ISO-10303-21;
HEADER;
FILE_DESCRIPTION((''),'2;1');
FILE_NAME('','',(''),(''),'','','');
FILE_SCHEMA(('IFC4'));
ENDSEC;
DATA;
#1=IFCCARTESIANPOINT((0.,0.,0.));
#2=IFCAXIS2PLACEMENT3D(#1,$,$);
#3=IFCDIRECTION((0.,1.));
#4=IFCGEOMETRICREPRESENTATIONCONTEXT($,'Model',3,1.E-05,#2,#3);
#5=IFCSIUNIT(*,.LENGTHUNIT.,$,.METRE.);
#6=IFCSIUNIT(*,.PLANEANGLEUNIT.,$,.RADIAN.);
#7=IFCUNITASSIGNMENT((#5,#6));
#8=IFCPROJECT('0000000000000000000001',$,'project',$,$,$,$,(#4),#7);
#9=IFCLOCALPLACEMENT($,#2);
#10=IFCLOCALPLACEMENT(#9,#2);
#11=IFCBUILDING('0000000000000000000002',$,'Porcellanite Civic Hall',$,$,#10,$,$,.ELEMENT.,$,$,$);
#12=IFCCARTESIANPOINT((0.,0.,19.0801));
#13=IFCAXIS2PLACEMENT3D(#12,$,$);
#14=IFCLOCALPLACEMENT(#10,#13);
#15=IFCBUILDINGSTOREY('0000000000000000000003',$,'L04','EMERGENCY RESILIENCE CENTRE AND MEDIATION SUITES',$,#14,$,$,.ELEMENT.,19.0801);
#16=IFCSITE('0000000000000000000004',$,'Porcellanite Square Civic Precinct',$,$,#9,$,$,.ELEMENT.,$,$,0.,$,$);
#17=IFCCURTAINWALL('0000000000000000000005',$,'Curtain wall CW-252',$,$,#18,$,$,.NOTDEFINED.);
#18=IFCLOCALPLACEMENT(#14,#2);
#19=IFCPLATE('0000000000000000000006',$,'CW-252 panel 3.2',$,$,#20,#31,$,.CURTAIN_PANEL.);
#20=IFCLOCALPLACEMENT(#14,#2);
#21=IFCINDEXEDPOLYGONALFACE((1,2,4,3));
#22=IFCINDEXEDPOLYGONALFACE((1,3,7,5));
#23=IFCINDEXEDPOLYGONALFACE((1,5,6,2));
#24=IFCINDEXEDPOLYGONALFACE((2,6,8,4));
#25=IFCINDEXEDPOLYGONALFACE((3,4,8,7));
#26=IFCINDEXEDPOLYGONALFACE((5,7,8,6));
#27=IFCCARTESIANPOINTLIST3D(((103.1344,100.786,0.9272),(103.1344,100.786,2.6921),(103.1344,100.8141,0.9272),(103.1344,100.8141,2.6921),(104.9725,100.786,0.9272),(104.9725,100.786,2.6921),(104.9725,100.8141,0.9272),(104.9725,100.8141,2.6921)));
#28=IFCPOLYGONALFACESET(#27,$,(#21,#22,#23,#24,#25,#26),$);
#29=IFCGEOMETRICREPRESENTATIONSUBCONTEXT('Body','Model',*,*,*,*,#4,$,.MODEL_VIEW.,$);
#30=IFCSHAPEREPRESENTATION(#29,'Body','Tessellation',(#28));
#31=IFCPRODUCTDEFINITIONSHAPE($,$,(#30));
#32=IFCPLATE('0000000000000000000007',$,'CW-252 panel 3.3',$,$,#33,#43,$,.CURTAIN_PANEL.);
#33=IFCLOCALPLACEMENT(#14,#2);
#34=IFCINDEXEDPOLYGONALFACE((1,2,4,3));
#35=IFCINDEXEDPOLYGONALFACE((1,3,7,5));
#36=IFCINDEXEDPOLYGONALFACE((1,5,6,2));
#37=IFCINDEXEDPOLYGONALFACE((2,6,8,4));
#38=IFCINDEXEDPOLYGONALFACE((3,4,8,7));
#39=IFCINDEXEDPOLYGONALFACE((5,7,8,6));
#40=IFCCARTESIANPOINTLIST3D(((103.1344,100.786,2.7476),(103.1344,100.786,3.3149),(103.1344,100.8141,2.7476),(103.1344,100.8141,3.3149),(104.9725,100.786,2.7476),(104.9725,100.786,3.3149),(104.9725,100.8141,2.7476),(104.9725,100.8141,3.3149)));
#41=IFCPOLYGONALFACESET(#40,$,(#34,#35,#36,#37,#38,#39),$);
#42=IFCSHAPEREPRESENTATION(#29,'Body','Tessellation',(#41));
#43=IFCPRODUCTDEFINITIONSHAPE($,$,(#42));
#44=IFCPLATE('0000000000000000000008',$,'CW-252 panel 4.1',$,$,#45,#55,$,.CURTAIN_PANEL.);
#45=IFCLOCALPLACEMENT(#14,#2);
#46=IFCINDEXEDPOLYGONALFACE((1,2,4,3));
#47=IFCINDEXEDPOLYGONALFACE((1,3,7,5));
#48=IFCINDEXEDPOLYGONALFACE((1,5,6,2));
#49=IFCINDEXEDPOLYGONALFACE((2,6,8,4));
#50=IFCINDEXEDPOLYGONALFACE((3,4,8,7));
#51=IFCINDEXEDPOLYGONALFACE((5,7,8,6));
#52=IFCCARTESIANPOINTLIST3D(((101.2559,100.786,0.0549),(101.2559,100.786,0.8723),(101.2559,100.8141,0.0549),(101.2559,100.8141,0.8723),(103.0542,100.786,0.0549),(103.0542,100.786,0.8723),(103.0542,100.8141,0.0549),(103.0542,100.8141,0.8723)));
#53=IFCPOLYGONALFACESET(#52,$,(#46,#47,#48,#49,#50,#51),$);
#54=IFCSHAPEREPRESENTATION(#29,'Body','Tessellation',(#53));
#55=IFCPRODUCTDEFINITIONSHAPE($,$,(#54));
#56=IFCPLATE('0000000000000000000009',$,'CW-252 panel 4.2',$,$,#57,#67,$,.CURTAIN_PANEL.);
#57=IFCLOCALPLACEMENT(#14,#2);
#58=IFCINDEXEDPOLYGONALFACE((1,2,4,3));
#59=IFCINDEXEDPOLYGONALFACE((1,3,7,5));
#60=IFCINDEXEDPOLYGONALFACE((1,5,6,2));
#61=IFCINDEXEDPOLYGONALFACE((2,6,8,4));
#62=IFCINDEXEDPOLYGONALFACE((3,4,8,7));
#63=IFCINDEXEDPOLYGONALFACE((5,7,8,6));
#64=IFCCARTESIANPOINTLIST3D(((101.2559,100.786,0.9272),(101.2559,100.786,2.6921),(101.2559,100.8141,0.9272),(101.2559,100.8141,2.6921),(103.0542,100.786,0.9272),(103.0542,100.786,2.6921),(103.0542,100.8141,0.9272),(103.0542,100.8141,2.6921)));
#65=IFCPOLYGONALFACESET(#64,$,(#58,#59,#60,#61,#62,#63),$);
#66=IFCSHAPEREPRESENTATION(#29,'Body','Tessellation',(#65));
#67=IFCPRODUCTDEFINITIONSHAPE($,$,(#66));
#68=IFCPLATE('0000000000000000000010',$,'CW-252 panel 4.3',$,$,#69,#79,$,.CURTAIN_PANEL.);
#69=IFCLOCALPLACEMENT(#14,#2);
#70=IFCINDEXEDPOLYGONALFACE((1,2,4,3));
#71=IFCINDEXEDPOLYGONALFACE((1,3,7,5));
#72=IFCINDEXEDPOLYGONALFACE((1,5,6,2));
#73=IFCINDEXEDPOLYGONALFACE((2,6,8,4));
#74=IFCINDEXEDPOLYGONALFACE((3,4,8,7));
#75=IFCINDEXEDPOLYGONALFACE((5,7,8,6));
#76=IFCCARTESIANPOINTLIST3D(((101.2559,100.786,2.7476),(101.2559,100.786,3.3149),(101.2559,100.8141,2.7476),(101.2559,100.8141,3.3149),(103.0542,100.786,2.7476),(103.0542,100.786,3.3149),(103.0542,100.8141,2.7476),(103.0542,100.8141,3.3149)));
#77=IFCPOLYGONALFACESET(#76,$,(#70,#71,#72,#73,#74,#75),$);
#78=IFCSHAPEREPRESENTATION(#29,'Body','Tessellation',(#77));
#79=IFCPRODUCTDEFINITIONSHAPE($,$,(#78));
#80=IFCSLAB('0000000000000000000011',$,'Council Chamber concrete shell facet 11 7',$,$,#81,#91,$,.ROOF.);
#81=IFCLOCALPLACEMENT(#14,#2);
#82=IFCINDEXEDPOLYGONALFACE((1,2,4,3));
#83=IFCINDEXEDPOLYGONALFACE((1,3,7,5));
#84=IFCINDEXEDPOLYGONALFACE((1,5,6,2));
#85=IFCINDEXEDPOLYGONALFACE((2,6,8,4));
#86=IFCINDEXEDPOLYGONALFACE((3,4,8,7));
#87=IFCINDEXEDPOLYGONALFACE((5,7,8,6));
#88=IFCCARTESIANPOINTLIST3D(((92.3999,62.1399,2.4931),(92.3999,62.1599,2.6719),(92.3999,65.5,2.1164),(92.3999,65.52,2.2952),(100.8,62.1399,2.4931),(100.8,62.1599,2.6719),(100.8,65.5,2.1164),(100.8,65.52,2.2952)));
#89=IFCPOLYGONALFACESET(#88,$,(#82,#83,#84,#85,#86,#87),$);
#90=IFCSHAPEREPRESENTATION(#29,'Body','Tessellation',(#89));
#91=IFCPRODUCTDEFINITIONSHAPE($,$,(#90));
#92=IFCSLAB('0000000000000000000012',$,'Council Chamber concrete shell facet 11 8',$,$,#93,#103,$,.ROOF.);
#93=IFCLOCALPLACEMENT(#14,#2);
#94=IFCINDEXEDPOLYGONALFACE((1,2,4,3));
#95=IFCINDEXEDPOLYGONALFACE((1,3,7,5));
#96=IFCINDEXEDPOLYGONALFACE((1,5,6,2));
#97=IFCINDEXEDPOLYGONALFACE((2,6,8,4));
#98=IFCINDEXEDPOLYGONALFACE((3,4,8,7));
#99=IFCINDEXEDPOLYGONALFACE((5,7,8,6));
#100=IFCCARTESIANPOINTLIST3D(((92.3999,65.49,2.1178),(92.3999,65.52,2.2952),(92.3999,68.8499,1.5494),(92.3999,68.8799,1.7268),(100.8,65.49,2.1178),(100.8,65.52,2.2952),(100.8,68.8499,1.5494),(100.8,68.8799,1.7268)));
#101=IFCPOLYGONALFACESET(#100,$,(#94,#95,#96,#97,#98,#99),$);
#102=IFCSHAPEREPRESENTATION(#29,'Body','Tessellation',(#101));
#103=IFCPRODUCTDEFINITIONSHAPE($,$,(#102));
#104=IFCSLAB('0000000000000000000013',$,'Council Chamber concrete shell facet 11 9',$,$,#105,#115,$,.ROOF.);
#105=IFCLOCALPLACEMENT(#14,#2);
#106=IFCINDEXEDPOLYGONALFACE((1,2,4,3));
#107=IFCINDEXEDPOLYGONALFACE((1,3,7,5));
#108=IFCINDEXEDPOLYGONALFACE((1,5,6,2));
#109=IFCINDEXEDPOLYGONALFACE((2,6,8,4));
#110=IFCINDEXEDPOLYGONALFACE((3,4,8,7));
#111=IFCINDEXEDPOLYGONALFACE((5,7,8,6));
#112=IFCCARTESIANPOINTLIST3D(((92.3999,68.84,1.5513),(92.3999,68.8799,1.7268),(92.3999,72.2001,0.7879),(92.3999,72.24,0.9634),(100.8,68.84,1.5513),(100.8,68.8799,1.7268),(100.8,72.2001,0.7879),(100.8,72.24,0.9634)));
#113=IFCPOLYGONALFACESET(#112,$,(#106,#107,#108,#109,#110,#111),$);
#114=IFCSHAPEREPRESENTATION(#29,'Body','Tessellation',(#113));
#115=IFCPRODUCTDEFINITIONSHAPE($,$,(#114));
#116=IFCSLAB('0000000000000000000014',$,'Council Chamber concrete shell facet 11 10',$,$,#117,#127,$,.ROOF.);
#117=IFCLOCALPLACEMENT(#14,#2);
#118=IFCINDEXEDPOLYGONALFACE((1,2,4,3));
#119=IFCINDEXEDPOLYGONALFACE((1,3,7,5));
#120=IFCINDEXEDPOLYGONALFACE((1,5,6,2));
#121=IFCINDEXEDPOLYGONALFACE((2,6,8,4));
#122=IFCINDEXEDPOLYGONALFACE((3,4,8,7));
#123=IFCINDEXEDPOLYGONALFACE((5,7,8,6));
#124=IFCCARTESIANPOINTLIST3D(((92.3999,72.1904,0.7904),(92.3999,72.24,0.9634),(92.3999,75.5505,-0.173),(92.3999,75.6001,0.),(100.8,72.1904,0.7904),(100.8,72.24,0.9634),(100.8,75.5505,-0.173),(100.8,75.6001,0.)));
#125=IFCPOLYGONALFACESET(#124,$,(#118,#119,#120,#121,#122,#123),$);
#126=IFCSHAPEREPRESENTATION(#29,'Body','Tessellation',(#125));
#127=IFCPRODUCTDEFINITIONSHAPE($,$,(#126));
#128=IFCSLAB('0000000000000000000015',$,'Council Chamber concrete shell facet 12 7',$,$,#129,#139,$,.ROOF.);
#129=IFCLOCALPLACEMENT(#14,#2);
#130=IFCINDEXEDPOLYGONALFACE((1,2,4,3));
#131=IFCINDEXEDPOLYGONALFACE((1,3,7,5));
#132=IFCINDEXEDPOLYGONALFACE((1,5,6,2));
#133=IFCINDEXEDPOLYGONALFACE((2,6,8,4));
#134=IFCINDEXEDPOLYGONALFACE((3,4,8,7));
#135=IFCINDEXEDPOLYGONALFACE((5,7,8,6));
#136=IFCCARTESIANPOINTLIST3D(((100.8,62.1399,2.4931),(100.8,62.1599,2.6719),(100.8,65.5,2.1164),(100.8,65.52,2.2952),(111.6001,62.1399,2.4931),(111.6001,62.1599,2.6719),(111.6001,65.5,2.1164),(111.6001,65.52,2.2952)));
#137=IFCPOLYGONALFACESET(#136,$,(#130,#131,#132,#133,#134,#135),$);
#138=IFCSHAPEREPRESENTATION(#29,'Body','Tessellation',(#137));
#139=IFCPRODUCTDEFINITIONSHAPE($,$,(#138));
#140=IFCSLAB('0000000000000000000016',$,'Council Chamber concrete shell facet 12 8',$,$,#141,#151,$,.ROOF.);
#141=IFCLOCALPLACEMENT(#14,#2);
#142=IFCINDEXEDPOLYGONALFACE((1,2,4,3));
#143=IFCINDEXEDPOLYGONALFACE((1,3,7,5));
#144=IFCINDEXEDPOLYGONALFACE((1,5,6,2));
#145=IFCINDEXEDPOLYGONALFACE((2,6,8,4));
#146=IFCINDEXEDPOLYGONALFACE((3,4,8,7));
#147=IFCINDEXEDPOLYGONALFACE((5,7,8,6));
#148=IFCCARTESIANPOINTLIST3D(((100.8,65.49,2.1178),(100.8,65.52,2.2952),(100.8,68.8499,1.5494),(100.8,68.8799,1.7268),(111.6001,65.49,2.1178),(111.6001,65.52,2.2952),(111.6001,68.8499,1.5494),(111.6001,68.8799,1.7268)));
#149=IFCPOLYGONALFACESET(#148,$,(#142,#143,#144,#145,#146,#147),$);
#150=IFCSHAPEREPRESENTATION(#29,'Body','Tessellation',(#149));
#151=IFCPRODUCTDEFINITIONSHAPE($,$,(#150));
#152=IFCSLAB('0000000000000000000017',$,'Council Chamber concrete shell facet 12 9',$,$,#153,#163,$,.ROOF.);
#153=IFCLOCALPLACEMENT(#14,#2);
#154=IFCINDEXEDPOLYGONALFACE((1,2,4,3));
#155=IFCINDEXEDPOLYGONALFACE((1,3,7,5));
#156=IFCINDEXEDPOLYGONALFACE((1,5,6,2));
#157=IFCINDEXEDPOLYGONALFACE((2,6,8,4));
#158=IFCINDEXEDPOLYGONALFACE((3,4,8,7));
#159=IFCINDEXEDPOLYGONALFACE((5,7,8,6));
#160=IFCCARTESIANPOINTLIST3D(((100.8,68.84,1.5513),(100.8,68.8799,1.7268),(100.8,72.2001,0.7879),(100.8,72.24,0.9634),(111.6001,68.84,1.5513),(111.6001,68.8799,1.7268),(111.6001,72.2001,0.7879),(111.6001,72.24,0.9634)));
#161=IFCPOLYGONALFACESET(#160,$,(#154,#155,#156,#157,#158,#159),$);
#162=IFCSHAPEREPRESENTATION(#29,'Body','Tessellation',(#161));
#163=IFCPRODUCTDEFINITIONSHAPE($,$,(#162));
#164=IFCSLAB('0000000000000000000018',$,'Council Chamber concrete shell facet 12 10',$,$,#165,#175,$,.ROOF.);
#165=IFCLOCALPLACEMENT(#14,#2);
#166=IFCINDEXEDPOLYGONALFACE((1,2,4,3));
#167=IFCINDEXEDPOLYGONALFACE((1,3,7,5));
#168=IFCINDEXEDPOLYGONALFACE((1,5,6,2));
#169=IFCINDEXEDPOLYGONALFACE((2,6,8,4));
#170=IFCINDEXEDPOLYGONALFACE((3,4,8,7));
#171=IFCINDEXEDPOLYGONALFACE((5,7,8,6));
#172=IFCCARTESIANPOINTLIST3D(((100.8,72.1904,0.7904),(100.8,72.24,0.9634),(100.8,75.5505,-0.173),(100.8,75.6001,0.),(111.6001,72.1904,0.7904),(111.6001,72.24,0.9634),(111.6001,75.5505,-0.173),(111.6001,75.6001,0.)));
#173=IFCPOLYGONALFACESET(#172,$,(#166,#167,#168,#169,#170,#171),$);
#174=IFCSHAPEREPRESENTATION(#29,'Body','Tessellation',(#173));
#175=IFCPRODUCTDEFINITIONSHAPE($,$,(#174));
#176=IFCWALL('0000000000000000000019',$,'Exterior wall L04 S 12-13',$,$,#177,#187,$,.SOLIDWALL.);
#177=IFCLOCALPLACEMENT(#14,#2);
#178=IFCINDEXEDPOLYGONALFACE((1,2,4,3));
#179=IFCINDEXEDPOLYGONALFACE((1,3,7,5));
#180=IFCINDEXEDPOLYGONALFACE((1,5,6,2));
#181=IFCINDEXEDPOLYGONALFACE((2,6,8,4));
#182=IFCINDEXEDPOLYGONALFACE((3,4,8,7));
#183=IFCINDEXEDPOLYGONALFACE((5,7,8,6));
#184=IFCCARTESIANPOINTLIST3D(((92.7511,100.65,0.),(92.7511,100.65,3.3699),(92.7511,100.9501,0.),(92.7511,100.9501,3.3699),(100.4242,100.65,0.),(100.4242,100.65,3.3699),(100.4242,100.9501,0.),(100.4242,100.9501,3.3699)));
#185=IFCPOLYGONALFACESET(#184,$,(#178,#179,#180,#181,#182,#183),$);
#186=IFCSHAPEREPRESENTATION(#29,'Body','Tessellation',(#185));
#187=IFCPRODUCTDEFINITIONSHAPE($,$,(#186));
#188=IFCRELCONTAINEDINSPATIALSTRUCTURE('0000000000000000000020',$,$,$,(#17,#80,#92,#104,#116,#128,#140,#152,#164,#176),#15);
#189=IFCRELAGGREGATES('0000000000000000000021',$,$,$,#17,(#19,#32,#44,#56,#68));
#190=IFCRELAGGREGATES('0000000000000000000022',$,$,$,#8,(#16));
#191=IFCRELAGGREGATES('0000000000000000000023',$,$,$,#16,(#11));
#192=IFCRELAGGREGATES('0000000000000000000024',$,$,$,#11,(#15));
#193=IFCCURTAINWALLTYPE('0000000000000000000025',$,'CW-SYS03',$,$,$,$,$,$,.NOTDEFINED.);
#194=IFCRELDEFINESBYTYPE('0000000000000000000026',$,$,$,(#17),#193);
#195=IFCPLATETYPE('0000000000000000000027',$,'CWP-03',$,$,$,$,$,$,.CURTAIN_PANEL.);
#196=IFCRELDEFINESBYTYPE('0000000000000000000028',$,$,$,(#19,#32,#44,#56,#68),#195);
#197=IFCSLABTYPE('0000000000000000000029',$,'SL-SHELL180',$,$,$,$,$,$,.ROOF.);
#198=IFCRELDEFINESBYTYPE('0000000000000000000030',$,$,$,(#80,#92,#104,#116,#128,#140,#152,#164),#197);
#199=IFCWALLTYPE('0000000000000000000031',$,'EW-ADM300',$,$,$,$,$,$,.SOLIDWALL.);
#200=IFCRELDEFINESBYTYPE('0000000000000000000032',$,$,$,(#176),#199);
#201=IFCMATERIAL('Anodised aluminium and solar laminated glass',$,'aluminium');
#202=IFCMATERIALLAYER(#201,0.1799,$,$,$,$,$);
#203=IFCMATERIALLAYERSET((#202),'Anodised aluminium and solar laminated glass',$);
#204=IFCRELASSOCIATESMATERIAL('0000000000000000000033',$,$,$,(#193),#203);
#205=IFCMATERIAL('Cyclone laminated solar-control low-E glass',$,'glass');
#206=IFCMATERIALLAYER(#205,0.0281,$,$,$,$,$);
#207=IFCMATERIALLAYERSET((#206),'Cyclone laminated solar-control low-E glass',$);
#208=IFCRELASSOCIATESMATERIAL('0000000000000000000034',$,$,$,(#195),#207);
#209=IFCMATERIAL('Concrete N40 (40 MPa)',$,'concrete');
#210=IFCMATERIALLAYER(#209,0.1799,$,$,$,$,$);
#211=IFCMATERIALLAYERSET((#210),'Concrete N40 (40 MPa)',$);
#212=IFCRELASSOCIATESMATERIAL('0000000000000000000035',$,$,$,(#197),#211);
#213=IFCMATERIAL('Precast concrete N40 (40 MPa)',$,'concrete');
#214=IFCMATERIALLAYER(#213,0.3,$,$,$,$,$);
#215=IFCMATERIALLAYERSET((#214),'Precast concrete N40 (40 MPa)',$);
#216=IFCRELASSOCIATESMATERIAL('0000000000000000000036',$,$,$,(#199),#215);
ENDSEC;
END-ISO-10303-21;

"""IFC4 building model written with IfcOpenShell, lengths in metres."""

from ifc_helpers import new_model, si_unit, direction, frame, frame_2d, origin, origin_2d, place, context, subcontext, project, spatial, polyline, rectangle, outline, extrude, material, layer, layer_set, type_object, element, aggregate, save


model = new_model("IFC4")

# Units and contexts
model_context = context("Model", 3, precision=1e-05, world=origin(), true_north=direction((0.0, 1.0)))
body_context = subcontext(model_context, "Body", "Model", "MODEL_VIEW")
ifc_project = project(units=[si_unit("LENGTHUNIT", "METRE"), si_unit("PLANEANGLEUNIT", "RADIAN")], contexts=[model_context])

# Site, building, storey
site_placement = place(None, origin())
site = spatial("IfcSite", under=ifc_project, at=site_placement, Name="Porcellanite Square Civic Precinct", CompositionType="ELEMENT", RefElevation=0.0)
building_placement = place(site_placement, origin())
building = spatial("IfcBuilding", under=site, at=building_placement, Name="Porcellanite Civic Hall", CompositionType="ELEMENT")
storey_placement = place(building_placement, frame((0.0, 0.0, 19.0801)))
storey = spatial("IfcBuildingStorey", under=building, at=storey_placement, Name="L04", Description="EMERGENCY RESILIENCE CENTRE AND MEDIATION SUITES", CompositionType="ELEMENT", Elevation=19.0801)

# Curtain wall, plates
ifc_material_1 = material(Name="Anodised aluminium and solar laminated glass", Category="aluminium")
ifc_layer_1 = layer(ifc_material_1, 0.1799)
ifc_layer_set_1 = layer_set([ifc_layer_1], Name="Anodised aluminium and solar laminated glass")
curtain_wall_type = type_object("IfcCurtainWallType", Name="CW-SYS03", PredefinedType="NOTDEFINED", material=ifc_layer_set_1)
curtain_wall_placement = place(storey_placement, origin())
curtain_wall = element("IfcCurtainWall", 1, at=curtain_wall_placement, inside=storey, type_object=curtain_wall_type, Name="Curtain wall CW-252", PredefinedType="NOTDEFINED")
ifc_material_2 = material(Name="Cyclone laminated solar-control low-E glass", Category="glass")
ifc_layer_2 = layer(ifc_material_2, 0.0281)
ifc_layer_set_2 = layer_set([ifc_layer_2], Name="Cyclone laminated solar-control low-E glass")
plate_type = type_object("IfcPlateType", Name="CWP-03", PredefinedType="CURTAIN_PANEL", material=ifc_layer_set_2)
plate_1_placement = place(storey_placement, frame((104.0535, 100.8, 0.9272), z_axis=(0.0, 0.0, 1.0), x_axis=(-1.0, 0.0, 0.0)))
plate_1 = element("IfcPlate", 2, at=plate_1_placement, type_object=plate_type, Name="CW-252 panel 3.2", PredefinedType="CURTAIN_PANEL", context=body_context, shape_type="SweptSolid", body=[
    extrude(rectangle(XDim=1.8381, YDim=0.0281, at=origin_2d()), origin(), (0.0, 0.0, 1.0), 1.7649),
])
plate_2_placement = place(storey_placement, frame((104.0535, 100.8, 2.7476), z_axis=(0.0, 0.0, 1.0), x_axis=(-1.0, 0.0, 0.0)))
plate_2 = element("IfcPlate", 3, at=plate_2_placement, type_object=plate_type, Name="CW-252 panel 3.3", PredefinedType="CURTAIN_PANEL", context=body_context, shape_type="SweptSolid", body=[
    extrude(rectangle(XDim=1.8381, YDim=0.0281, at=origin_2d()), origin(), (0.0, 0.0, 1.0), 0.5674),
])
plate_3_placement = place(storey_placement, frame((102.155, 100.8, 0.0549), z_axis=(0.0, 0.0, 1.0), x_axis=(-1.0, 0.0, 0.0)))
plate_3 = element("IfcPlate", 4, at=plate_3_placement, type_object=plate_type, Name="CW-252 panel 4.1", PredefinedType="CURTAIN_PANEL", context=body_context, shape_type="SweptSolid", body=[
    extrude(rectangle(XDim=1.7983, YDim=0.0281, at=origin_2d()), origin(), (0.0, 0.0, 1.0), 0.8174),
])
plate_4_placement = place(storey_placement, frame((102.155, 100.8, 0.9272), z_axis=(0.0, 0.0, 1.0), x_axis=(-1.0, 0.0, 0.0)))
plate_4 = element("IfcPlate", 5, at=plate_4_placement, type_object=plate_type, Name="CW-252 panel 4.2", PredefinedType="CURTAIN_PANEL", context=body_context, shape_type="SweptSolid", body=[
    extrude(rectangle(XDim=1.7983, YDim=0.0281, at=origin_2d()), origin(), (0.0, 0.0, 1.0), 1.7649),
])
plate_5_placement = place(storey_placement, frame((102.155, 100.8, 2.7476), z_axis=(0.0, 0.0, 1.0), x_axis=(-1.0, 0.0, 0.0)))
plate_5 = element("IfcPlate", 6, at=plate_5_placement, type_object=plate_type, Name="CW-252 panel 4.3", PredefinedType="CURTAIN_PANEL", context=body_context, shape_type="SweptSolid", body=[
    extrude(rectangle(XDim=1.7983, YDim=0.0281, at=origin_2d()), origin(), (0.0, 0.0, 1.0), 0.5674),
])
aggregate(curtain_wall, [plate_1, plate_2, plate_3, plate_4, plate_5])

# Slabs
ifc_material_3 = material(Name="Concrete N40 (40 MPa)", Category="concrete")
ifc_layer_3 = layer(ifc_material_3, 0.1799)
ifc_layer_set_3 = layer_set([ifc_layer_3], Name="Concrete N40 (40 MPa)")
slab_type = type_object("IfcSlabType", Name="SL-SHELL180", PredefinedType="ROOF", material=ifc_layer_set_3)
slab_1_placement = place(storey_placement, frame((92.3999, 62.1599, 2.6719), z_axis=(0.0, 0.111414, 0.993774), x_axis=(1.0, 0.0, 0.0)))
element("IfcSlab", 7, at=slab_1_placement, inside=storey, type_object=slab_type, Name="Council Chamber concrete shell facet 11 7", PredefinedType="ROOF", context=body_context, shape_type="SweptSolid", body=[
    extrude(outline(polyline([(0.0, 0.0), (8.4001, 0.0), (8.4001, 3.3812), (0.0, 3.3812), (0.0, 0.0)])), origin(), (0.0, 0.0, -1.0), 0.1799),
])
slab_2_placement = place(storey_placement, frame((92.3999, 65.52, 2.2952), z_axis=(0.0, 0.166792, 0.985992), x_axis=(1.0, 0.0, 0.0)))
element("IfcSlab", 8, at=slab_2_placement, inside=storey, type_object=slab_type, Name="Council Chamber concrete shell facet 11 8", PredefinedType="ROOF", context=body_context, shape_type="SweptSolid", body=[
    extrude(outline(polyline([(0.0, 0.0), (8.4001, 0.0), (8.4001, 3.4076), (0.0, 3.4076), (0.0, 0.0)])), origin(), (0.0, 0.0, -1.0), 0.1799),
])
slab_3_placement = place(storey_placement, frame((92.3999, 68.8799, 1.7268), z_axis=(0.0, 0.221557, 0.975147), x_axis=(1.0, 0.0, 0.0)))
element("IfcSlab", 9, at=slab_3_placement, inside=storey, type_object=slab_type, Name="Council Chamber concrete shell facet 11 9", PredefinedType="ROOF", context=body_context, shape_type="SweptSolid", body=[
    extrude(outline(polyline([(0.0, 0.0), (8.4001, 0.0), (8.4001, 3.4457), (0.0, 3.4457), (0.0, 0.0)])), origin(), (0.0, 0.0, -1.0), 0.1799),
])
slab_4_placement = place(storey_placement, frame((92.3999, 72.24, 0.9634), z_axis=(0.0, 0.275607, 0.961271), x_axis=(1.0, 0.0, 0.0)))
element("IfcSlab", 10, at=slab_4_placement, inside=storey, type_object=slab_type, Name="Council Chamber concrete shell facet 11 10", PredefinedType="ROOF", context=body_context, shape_type="SweptSolid", body=[
    extrude(outline(polyline([(0.0, 0.0), (8.4001, 0.0), (8.4001, 3.4955), (0.0, 3.4955), (0.0, 0.0)])), origin(), (0.0, 0.0, -1.0), 0.1799),
])
slab_5_placement = place(storey_placement, frame((100.8, 62.1599, 2.6719), z_axis=(0.0, 0.111414, 0.993774), x_axis=(1.0, 0.0, 0.0)))
element("IfcSlab", 11, at=slab_5_placement, inside=storey, type_object=slab_type, Name="Council Chamber concrete shell facet 12 7", PredefinedType="ROOF", context=body_context, shape_type="SweptSolid", body=[
    extrude(outline(polyline([(0.0, 0.0), (10.8, 0.0), (10.8, 3.3812), (0.0, 3.3812), (0.0, 0.0)])), origin(), (0.0, 0.0, -1.0), 0.1799),
])
slab_6_placement = place(storey_placement, frame((100.8, 65.52, 2.2952), z_axis=(0.0, 0.166792, 0.985992), x_axis=(1.0, 0.0, 0.0)))
element("IfcSlab", 12, at=slab_6_placement, inside=storey, type_object=slab_type, Name="Council Chamber concrete shell facet 12 8", PredefinedType="ROOF", context=body_context, shape_type="SweptSolid", body=[
    extrude(outline(polyline([(0.0, 0.0), (10.8, 0.0), (10.8, 3.4076), (0.0, 3.4076), (0.0, 0.0)])), origin(), (0.0, 0.0, -1.0), 0.1799),
])
slab_7_placement = place(storey_placement, frame((100.8, 68.8799, 1.7268), z_axis=(0.0, 0.221557, 0.975147), x_axis=(1.0, 0.0, 0.0)))
element("IfcSlab", 13, at=slab_7_placement, inside=storey, type_object=slab_type, Name="Council Chamber concrete shell facet 12 9", PredefinedType="ROOF", context=body_context, shape_type="SweptSolid", body=[
    extrude(outline(polyline([(0.0, 0.0), (10.8, 0.0), (10.8, 3.4457), (0.0, 3.4457), (0.0, 0.0)])), origin(), (0.0, 0.0, -1.0), 0.1799),
])
slab_8_placement = place(storey_placement, frame((100.8, 72.24, 0.9634), z_axis=(0.0, 0.275607, 0.961271), x_axis=(1.0, 0.0, 0.0)))
element("IfcSlab", 14, at=slab_8_placement, inside=storey, type_object=slab_type, Name="Council Chamber concrete shell facet 12 10", PredefinedType="ROOF", context=body_context, shape_type="SweptSolid", body=[
    extrude(outline(polyline([(0.0, 0.0), (10.8, 0.0), (10.8, 3.4955), (0.0, 3.4955), (0.0, 0.0)])), origin(), (0.0, 0.0, -1.0), 0.1799),
])

# Wall
ifc_material_4 = material(Name="Precast concrete N40 (40 MPa)", Category="concrete")
ifc_layer_4 = layer(ifc_material_4, 0.3)
ifc_layer_set_4 = layer_set([ifc_layer_4], Name="Precast concrete N40 (40 MPa)")
wall_type = type_object("IfcWallType", Name="EW-ADM300", PredefinedType="SOLIDWALL", material=ifc_layer_set_4)
wall_placement = place(storey_placement, frame((100.4241, 100.8, 0.0), z_axis=(0.0, 0.0, 1.0), x_axis=(-1.0, 0.0, 0.0)))
element("IfcWall", 15, at=wall_placement, inside=storey, type_object=wall_type, Name="Exterior wall L04 S 12-13", PredefinedType="SOLIDWALL", context=body_context, shape_type="SweptSolid", body=[
    extrude(rectangle(XDim=7.6731, YDim=0.3, at=frame_2d((3.8364, 0.0))), origin(), (0.0, 0.0, 1.0), 3.3699),
])

save(model, "model.ifc")
